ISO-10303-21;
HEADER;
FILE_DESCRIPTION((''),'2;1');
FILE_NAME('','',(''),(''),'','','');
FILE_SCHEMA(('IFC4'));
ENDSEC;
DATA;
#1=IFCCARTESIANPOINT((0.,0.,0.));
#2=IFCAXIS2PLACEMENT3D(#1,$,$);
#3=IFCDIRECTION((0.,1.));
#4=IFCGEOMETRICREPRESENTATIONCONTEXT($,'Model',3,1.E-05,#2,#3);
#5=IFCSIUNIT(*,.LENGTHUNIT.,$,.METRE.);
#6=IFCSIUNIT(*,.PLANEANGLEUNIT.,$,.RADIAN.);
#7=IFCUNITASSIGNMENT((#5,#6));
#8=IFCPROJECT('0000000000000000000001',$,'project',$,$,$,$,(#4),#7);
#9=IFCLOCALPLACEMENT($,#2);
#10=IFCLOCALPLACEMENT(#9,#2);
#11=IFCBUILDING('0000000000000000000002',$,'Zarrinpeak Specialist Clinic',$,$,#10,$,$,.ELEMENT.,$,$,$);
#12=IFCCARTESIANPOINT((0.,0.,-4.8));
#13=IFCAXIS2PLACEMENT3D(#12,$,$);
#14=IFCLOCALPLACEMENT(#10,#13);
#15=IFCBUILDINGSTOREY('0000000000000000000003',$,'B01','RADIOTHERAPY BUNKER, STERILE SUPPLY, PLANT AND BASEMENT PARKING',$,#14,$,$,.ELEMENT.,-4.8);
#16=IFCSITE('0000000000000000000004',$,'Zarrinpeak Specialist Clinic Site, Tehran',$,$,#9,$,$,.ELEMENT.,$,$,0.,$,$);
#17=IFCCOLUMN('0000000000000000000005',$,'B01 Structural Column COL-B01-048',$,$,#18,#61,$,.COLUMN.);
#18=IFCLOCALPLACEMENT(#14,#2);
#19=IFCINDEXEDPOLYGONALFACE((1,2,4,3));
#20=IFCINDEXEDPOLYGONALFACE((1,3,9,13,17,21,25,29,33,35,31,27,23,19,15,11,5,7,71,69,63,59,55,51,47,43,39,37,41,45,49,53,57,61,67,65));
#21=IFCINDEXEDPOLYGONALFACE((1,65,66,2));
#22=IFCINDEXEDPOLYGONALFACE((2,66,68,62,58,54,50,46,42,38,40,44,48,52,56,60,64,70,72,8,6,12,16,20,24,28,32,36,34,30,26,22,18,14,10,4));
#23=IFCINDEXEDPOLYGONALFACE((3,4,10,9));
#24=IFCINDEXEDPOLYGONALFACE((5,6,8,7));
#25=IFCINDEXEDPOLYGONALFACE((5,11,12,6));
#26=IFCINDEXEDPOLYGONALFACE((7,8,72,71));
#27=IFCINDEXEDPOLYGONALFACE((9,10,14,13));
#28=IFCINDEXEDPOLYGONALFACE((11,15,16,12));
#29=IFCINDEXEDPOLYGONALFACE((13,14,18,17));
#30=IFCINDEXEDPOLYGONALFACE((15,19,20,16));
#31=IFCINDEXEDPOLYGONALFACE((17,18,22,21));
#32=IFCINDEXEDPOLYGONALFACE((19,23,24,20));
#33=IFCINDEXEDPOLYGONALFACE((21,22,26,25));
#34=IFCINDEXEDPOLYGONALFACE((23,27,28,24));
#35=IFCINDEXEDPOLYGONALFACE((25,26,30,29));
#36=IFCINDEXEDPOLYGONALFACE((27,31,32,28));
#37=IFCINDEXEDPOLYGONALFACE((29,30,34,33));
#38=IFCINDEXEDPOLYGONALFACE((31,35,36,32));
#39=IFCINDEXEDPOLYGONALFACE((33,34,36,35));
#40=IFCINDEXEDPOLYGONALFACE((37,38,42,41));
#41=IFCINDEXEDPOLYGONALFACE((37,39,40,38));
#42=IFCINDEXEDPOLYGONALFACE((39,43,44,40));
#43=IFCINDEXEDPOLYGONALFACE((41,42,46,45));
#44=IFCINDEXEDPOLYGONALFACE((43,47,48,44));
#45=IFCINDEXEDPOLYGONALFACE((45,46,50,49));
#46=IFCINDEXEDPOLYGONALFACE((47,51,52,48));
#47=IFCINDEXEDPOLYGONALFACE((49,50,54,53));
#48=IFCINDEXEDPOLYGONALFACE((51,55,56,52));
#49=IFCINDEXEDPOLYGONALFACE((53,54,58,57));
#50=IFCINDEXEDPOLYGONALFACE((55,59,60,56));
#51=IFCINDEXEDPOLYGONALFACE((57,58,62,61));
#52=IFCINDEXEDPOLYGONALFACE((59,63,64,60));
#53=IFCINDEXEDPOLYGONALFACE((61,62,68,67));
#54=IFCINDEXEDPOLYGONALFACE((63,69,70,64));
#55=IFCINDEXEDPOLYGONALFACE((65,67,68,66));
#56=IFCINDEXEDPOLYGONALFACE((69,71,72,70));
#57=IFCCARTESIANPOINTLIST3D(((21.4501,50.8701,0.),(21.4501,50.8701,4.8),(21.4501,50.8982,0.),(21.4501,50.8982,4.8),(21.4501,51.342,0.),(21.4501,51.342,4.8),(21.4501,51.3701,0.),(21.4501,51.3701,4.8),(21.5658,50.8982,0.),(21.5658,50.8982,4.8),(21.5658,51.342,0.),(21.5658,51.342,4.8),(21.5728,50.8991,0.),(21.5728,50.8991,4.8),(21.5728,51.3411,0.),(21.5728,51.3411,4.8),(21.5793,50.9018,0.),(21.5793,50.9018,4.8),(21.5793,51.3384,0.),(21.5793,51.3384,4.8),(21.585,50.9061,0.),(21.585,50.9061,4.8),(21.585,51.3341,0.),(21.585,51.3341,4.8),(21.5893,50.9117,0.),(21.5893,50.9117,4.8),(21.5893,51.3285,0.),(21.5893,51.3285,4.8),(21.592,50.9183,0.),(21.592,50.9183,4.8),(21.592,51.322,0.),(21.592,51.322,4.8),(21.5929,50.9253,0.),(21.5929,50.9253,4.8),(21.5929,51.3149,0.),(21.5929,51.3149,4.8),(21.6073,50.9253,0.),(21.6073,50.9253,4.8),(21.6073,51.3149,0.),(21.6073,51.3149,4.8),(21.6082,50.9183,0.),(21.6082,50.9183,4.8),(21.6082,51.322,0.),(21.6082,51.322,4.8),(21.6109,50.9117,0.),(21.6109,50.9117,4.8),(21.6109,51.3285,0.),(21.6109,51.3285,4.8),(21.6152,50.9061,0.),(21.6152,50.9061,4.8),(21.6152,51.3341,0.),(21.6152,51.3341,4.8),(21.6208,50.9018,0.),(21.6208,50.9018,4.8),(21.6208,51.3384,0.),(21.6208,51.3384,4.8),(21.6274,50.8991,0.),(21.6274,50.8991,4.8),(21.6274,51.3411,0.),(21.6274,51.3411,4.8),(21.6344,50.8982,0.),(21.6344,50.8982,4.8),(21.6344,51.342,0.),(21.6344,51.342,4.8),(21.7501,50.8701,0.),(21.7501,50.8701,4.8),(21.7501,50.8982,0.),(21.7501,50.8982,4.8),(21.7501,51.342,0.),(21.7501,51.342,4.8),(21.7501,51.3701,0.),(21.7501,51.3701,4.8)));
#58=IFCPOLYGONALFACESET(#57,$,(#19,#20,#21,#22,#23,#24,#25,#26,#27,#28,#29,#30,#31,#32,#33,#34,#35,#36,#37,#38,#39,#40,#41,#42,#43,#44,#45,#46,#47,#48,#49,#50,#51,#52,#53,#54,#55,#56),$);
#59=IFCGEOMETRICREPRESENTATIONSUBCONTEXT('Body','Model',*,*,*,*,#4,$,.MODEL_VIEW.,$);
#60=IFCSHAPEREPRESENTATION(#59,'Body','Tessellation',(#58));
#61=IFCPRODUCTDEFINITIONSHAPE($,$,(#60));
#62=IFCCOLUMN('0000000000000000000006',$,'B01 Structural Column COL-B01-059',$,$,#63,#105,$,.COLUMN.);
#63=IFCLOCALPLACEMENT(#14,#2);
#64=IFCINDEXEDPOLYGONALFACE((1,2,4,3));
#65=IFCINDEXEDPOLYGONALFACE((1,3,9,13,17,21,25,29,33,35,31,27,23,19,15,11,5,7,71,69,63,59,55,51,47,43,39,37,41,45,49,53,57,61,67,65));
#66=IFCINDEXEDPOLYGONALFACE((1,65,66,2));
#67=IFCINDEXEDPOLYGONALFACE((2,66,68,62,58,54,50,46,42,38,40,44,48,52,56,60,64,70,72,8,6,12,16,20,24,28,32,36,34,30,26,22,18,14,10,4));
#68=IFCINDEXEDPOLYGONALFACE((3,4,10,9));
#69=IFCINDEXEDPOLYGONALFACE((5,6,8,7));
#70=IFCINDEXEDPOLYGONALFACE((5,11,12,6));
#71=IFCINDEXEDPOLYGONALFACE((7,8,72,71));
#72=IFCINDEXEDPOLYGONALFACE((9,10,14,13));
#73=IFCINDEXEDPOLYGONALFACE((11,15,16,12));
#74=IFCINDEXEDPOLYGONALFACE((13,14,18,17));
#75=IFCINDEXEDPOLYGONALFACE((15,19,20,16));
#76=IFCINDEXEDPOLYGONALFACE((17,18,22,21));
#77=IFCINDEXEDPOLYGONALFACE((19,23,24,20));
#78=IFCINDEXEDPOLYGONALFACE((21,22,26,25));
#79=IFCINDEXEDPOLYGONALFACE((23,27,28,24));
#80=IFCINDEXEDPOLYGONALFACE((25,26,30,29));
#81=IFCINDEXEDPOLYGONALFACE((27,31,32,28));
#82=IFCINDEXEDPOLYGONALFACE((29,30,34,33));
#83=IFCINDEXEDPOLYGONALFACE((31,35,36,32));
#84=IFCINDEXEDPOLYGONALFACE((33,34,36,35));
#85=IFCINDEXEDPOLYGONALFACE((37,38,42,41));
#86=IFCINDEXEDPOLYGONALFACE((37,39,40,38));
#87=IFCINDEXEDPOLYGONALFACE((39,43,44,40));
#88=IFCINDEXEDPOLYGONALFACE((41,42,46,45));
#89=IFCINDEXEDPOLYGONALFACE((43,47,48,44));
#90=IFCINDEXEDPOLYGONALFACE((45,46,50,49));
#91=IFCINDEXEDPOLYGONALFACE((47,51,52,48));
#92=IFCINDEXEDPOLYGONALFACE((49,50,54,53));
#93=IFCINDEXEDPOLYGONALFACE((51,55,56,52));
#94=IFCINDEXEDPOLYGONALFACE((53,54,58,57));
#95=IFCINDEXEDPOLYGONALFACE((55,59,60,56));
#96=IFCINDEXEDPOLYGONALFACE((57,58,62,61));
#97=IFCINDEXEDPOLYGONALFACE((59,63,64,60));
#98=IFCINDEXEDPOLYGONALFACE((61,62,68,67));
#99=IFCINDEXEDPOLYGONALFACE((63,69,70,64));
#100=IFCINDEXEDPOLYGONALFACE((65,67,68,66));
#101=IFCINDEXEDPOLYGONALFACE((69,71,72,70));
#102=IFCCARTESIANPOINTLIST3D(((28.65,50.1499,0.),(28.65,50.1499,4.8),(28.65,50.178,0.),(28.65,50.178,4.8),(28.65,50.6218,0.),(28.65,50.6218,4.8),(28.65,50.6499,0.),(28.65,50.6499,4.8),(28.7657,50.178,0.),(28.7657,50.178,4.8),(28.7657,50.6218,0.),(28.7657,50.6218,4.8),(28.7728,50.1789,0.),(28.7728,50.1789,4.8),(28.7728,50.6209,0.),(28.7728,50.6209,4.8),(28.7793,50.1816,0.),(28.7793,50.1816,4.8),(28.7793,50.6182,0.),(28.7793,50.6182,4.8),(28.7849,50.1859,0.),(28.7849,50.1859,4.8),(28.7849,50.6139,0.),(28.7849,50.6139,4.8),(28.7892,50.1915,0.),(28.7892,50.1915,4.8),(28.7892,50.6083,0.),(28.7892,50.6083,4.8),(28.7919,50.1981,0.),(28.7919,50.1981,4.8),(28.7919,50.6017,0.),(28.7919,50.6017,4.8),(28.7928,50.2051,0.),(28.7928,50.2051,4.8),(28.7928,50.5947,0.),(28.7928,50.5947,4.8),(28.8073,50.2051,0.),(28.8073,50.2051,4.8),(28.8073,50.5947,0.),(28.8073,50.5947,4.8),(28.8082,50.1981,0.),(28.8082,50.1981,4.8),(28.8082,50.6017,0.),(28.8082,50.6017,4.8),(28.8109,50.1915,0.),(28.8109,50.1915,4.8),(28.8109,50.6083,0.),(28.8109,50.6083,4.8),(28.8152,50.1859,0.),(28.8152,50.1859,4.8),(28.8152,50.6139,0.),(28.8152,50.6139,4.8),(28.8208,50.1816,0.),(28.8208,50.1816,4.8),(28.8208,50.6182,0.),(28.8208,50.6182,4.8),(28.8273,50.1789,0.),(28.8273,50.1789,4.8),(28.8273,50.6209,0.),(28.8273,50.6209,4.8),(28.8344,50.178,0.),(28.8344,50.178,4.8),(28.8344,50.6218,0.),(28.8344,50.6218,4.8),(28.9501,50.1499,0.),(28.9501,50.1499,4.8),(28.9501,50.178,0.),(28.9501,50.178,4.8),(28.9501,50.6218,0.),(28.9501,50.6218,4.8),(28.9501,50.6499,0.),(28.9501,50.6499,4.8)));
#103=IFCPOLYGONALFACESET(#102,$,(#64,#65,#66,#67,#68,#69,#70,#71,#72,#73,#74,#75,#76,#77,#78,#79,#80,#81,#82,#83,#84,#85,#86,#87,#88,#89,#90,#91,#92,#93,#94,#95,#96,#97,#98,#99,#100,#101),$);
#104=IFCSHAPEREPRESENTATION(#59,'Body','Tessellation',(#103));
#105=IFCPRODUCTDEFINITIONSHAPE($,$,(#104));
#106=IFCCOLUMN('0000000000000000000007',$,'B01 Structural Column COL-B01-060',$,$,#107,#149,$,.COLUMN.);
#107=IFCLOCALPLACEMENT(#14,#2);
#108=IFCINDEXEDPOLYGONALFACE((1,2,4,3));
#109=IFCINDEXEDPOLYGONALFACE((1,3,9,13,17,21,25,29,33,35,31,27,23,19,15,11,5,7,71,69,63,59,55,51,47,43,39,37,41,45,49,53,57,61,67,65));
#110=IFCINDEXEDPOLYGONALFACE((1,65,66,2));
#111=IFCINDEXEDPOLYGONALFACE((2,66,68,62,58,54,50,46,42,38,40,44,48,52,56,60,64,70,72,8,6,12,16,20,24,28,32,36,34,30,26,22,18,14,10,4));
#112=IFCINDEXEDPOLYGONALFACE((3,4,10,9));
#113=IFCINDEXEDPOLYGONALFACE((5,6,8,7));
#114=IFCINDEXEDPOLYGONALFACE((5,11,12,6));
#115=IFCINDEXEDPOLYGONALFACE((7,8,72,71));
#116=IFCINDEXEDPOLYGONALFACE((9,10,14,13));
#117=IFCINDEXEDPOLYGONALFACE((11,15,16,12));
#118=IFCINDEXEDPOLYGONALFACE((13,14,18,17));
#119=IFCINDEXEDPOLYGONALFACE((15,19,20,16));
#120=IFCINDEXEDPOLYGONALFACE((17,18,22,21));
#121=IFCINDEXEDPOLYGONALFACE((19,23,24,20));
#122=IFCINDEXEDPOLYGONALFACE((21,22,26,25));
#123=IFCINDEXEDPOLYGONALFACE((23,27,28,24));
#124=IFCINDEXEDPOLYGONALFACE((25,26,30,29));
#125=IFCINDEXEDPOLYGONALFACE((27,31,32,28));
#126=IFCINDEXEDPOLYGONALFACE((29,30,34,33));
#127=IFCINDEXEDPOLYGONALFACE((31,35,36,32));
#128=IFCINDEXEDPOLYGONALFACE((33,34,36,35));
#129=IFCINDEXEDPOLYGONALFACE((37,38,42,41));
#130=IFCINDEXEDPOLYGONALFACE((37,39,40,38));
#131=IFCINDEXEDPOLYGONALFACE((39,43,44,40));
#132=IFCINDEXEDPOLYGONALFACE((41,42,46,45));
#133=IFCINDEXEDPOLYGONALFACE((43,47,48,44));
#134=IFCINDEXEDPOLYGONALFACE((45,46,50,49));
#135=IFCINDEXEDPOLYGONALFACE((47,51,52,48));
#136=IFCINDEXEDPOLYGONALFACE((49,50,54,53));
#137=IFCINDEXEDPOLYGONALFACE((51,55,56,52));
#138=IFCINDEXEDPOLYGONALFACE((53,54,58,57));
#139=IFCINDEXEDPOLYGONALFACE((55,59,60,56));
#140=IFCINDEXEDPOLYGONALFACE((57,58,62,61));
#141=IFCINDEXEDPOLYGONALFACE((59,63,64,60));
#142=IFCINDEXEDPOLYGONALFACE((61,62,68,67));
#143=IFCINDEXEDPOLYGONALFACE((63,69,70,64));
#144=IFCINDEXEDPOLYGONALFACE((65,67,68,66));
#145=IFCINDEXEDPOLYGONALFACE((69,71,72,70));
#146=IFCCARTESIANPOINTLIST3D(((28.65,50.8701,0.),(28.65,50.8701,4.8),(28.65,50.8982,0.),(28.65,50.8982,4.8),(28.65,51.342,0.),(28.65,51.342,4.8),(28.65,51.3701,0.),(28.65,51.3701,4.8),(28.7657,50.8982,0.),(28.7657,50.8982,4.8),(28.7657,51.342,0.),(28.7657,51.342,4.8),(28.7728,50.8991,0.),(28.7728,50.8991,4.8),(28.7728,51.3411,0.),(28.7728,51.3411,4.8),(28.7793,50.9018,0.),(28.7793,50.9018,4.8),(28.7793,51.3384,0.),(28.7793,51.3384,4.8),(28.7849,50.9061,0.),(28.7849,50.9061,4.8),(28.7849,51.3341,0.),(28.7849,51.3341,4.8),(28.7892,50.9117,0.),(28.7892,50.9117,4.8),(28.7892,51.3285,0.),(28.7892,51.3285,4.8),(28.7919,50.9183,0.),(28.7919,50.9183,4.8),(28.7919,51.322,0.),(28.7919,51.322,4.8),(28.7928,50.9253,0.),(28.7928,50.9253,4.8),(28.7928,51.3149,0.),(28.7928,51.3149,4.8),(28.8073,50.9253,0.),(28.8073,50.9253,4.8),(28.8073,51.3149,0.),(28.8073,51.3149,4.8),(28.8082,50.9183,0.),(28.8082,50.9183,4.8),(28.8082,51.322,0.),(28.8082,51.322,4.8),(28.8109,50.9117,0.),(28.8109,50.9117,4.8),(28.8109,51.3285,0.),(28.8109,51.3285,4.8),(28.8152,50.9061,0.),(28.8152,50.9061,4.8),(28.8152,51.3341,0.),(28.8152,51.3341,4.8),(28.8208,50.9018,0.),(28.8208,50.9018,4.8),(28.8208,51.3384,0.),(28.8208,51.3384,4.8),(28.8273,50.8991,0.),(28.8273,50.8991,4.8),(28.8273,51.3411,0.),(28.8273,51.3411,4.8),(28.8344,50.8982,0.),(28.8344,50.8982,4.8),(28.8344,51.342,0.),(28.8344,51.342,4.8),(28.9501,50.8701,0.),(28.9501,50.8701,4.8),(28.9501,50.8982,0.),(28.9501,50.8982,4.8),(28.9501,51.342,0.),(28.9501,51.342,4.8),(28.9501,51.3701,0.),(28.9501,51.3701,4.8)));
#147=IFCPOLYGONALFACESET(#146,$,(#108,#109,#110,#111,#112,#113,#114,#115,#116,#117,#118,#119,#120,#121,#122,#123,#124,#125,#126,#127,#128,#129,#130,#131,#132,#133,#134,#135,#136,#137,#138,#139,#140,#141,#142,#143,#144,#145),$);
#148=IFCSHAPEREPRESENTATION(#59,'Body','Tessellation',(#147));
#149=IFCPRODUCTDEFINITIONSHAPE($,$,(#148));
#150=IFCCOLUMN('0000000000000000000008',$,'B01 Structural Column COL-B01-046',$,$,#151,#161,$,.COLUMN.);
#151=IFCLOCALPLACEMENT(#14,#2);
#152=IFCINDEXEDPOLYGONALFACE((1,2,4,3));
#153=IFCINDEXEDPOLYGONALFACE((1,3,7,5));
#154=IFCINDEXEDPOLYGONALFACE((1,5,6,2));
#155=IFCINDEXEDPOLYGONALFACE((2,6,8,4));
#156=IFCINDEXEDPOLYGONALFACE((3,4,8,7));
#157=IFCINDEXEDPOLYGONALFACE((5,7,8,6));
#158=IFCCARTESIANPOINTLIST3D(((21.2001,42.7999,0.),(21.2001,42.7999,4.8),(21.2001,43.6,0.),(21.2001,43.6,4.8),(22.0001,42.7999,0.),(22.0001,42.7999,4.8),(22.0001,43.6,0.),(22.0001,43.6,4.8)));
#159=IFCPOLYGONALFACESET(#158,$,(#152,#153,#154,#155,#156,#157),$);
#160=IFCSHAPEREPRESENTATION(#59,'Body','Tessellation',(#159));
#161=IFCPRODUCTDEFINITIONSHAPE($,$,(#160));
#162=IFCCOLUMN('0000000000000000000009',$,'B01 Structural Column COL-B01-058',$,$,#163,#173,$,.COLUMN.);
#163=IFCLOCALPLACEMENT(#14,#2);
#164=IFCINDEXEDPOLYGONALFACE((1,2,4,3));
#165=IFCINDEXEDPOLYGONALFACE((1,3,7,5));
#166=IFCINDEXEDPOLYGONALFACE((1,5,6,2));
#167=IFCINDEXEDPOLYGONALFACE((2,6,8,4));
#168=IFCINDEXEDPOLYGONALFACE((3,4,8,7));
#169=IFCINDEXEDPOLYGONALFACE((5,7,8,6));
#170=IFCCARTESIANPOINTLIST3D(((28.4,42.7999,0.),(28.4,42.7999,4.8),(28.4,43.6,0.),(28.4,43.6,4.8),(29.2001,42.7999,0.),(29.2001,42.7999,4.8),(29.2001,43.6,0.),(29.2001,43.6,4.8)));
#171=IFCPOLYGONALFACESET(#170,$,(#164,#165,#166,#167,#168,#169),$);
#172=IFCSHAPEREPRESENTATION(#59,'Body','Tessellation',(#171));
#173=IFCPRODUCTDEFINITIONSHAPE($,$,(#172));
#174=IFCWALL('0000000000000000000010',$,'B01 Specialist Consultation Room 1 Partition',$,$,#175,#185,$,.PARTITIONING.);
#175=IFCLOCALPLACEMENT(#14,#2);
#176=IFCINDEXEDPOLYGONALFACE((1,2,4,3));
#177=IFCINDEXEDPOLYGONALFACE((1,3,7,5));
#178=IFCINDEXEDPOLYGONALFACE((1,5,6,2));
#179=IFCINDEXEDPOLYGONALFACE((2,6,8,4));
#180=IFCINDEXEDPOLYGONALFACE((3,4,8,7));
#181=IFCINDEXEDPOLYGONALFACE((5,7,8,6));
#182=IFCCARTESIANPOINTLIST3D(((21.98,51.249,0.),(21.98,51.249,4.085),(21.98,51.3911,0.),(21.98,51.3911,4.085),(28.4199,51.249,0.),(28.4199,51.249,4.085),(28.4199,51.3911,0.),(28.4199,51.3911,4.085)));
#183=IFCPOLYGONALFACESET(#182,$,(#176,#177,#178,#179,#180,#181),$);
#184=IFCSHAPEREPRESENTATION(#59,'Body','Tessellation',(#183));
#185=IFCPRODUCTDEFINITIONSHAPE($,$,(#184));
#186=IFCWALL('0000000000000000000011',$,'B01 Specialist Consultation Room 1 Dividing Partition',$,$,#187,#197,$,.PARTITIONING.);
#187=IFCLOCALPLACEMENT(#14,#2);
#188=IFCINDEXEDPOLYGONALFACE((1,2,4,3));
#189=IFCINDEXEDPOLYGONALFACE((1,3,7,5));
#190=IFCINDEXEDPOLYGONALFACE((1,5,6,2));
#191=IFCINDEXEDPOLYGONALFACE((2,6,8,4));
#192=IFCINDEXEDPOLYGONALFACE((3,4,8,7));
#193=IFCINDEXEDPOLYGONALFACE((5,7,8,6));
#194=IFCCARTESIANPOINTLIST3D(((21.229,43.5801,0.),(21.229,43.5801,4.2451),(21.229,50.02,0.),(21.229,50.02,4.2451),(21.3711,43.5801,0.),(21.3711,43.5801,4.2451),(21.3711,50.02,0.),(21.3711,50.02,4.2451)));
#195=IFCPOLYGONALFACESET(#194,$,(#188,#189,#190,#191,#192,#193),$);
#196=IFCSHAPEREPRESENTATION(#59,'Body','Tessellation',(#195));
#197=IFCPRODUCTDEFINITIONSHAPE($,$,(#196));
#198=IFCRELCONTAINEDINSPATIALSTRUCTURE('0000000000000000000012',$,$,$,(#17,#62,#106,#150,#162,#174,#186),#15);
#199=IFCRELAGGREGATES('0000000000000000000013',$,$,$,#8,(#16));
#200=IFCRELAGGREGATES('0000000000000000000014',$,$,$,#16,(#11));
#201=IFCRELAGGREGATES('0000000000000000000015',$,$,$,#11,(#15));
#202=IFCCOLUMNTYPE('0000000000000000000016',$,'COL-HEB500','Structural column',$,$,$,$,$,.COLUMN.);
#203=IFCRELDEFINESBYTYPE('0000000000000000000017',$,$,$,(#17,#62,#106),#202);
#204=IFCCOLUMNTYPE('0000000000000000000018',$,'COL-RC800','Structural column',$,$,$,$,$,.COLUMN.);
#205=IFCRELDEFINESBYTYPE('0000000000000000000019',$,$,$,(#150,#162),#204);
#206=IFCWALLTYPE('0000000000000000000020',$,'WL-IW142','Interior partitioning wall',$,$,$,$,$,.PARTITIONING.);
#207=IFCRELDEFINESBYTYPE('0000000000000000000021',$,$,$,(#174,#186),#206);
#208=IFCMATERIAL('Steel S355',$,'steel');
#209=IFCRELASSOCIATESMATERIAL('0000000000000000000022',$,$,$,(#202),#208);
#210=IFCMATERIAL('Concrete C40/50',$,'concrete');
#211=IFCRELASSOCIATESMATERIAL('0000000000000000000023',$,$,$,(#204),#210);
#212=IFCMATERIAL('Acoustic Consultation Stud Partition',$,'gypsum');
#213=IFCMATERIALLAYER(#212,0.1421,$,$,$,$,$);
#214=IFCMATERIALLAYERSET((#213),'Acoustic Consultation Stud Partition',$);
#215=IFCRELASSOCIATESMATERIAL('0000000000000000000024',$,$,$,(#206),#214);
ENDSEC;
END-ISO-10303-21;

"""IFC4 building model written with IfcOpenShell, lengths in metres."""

from ifc_helpers import new_model, si_unit, direction, frame, frame_2d, origin, origin_2d, place, context, subcontext, project, spatial, rectangle, i_section, extrude, material, layer, layer_set, material_profile, profile_set, type_object, element, save


model = new_model("IFC4")

# Units and contexts
model_context = context("Model", 3, precision=1e-05, world=origin(), true_north=direction((0.0, 1.0)))
body_context = subcontext(model_context, "Body", "Model", "MODEL_VIEW")
ifc_project = project(units=[si_unit("LENGTHUNIT", "METRE"), si_unit("PLANEANGLEUNIT", "RADIAN")], contexts=[model_context])

# Site, building, storey
site_placement = place(None, origin())
site = spatial("IfcSite", under=ifc_project, at=site_placement, Name="Zarrinpeak Specialist Clinic Site, Tehran", CompositionType="ELEMENT", RefElevation=0.0)
building_placement = place(site_placement, origin())
building = spatial("IfcBuilding", under=site, at=building_placement, Name="Zarrinpeak Specialist Clinic", CompositionType="ELEMENT")
storey_placement = place(building_placement, frame((0.0, 0.0, -4.8)))
storey = spatial("IfcBuildingStorey", under=building, at=storey_placement, Name="B01", Description="RADIOTHERAPY BUNKER, STERILE SUPPLY, PLANT AND BASEMENT PARKING", CompositionType="ELEMENT", Elevation=-4.8)

# Shared definitions
ifc_material_1 = material(Name="Concrete C40/50", Category="concrete")

# Columns
ifc_material_2 = material(Name="Steel S355", Category="steel")
ifc_material_profile_1 = material_profile(ifc_material_2, i_section(OverallWidth=0.3, OverallDepth=0.5, WebThickness=0.0144, FlangeThickness=0.0281, FilletRadius=0.0271, at=origin_2d()), Name="HEB 500")
ifc_profile_set_1 = profile_set([ifc_material_profile_1], Name="Steel S355")
column_type_1 = type_object("IfcColumnType", Name="COL-HEB500", Description="Structural column", PredefinedType="COLUMN", material=ifc_profile_set_1)
for number, where, z_axis, x_axis, name in (
    (1, (21.6001, 51.1201, 0.0), (0.0, 0.0, 1.0), (1.0, 0.0, 0.0), "B01 Structural Column COL-B01-048"),
    (2, (28.8, 50.3999, 0.0), (0.0, 0.0, 1.0), (1.0, 0.0, 0.0), "B01 Structural Column COL-B01-059"),
    (3, (28.8, 51.1201, 0.0), (0.0, 0.0, 1.0), (1.0, 0.0, 0.0), "B01 Structural Column COL-B01-060"),
):
    element("IfcColumn", number, at=place(storey_placement, frame(where, z_axis=z_axis, x_axis=x_axis)), inside=storey, type_object=column_type_1, Name=name, PredefinedType="COLUMN", context=body_context, shape_type="SweptSolid", body=[
        extrude(i_section(OverallWidth=0.3, OverallDepth=0.5, WebThickness=0.0144, FlangeThickness=0.0281, FilletRadius=0.0271, at=origin_2d()), origin(), (0.0, 0.0, 1.0), 4.8),
    ])
ifc_material_profile_2 = material_profile(ifc_material_1, rectangle(XDim=0.8, YDim=0.8, at=origin_2d()), Name="RC 800x800")
ifc_profile_set_2 = profile_set([ifc_material_profile_2], Name="Concrete C40/50")
column_type_2 = type_object("IfcColumnType", Name="COL-RC800", Description="Structural column", PredefinedType="COLUMN", material=ifc_profile_set_2)
for number, where, z_axis, x_axis, name in (
    (4, (21.6001, 43.2, 0.0), (0.0, 0.0, 1.0), (1.0, 0.0, 0.0), "B01 Structural Column COL-B01-046"),
    (5, (28.8, 43.2, 0.0), (0.0, 0.0, 1.0), (1.0, 0.0, 0.0), "B01 Structural Column COL-B01-058"),
):
    element("IfcColumn", number, at=place(storey_placement, frame(where, z_axis=z_axis, x_axis=x_axis)), inside=storey, type_object=column_type_2, Name=name, PredefinedType="COLUMN", context=body_context, shape_type="SweptSolid", body=[
        extrude(rectangle(XDim=0.8, YDim=0.8, at=origin_2d()), origin(), (0.0, 0.0, 1.0), 4.8),
    ])

# Walls
ifc_material_3 = material(Name="Acoustic Consultation Stud Partition", Category="gypsum")
ifc_layer_1 = layer(ifc_material_3, 0.1421)
ifc_layer_set_1 = layer_set([ifc_layer_1], Name="Acoustic Consultation Stud Partition")
wall_type_1 = type_object("IfcWallType", Name="WL-IW142", Description="Interior partitioning wall", PredefinedType="PARTITIONING", material=ifc_layer_set_1)
wall_1_placement = place(storey_placement, frame((21.98, 51.3201, 0.0), z_axis=(0.0, 0.0, 1.0), x_axis=(1.0, 0.0, 0.0)))
element("IfcWall", 6, at=wall_1_placement, inside=storey, type_object=wall_type_1, Name="B01 Specialist Consultation Room 1 Partition", PredefinedType="PARTITIONING", context=body_context, shape_type="SweptSolid", body=[
    extrude(rectangle(XDim=6.4399, YDim=0.1421, at=frame_2d((3.22, 0.0))), origin(), (0.0, 0.0, 1.0), 4.085),
])
wall_2_placement = place(storey_placement, frame((21.3, 43.5801, 0.0), z_axis=(0.0, 0.0, 1.0), x_axis=(0.0, 1.0, 0.0)))
element("IfcWall", 7, at=wall_2_placement, inside=storey, type_object=wall_type_1, Name="B01 Specialist Consultation Room 1 Dividing Partition", PredefinedType="PARTITIONING", context=body_context, shape_type="SweptSolid", body=[
    extrude(rectangle(XDim=6.4399, YDim=0.1421, at=frame_2d((3.22, 0.0))), origin(), (0.0, 0.0, 1.0), 4.2451),
])

save(model, "model.ifc")
